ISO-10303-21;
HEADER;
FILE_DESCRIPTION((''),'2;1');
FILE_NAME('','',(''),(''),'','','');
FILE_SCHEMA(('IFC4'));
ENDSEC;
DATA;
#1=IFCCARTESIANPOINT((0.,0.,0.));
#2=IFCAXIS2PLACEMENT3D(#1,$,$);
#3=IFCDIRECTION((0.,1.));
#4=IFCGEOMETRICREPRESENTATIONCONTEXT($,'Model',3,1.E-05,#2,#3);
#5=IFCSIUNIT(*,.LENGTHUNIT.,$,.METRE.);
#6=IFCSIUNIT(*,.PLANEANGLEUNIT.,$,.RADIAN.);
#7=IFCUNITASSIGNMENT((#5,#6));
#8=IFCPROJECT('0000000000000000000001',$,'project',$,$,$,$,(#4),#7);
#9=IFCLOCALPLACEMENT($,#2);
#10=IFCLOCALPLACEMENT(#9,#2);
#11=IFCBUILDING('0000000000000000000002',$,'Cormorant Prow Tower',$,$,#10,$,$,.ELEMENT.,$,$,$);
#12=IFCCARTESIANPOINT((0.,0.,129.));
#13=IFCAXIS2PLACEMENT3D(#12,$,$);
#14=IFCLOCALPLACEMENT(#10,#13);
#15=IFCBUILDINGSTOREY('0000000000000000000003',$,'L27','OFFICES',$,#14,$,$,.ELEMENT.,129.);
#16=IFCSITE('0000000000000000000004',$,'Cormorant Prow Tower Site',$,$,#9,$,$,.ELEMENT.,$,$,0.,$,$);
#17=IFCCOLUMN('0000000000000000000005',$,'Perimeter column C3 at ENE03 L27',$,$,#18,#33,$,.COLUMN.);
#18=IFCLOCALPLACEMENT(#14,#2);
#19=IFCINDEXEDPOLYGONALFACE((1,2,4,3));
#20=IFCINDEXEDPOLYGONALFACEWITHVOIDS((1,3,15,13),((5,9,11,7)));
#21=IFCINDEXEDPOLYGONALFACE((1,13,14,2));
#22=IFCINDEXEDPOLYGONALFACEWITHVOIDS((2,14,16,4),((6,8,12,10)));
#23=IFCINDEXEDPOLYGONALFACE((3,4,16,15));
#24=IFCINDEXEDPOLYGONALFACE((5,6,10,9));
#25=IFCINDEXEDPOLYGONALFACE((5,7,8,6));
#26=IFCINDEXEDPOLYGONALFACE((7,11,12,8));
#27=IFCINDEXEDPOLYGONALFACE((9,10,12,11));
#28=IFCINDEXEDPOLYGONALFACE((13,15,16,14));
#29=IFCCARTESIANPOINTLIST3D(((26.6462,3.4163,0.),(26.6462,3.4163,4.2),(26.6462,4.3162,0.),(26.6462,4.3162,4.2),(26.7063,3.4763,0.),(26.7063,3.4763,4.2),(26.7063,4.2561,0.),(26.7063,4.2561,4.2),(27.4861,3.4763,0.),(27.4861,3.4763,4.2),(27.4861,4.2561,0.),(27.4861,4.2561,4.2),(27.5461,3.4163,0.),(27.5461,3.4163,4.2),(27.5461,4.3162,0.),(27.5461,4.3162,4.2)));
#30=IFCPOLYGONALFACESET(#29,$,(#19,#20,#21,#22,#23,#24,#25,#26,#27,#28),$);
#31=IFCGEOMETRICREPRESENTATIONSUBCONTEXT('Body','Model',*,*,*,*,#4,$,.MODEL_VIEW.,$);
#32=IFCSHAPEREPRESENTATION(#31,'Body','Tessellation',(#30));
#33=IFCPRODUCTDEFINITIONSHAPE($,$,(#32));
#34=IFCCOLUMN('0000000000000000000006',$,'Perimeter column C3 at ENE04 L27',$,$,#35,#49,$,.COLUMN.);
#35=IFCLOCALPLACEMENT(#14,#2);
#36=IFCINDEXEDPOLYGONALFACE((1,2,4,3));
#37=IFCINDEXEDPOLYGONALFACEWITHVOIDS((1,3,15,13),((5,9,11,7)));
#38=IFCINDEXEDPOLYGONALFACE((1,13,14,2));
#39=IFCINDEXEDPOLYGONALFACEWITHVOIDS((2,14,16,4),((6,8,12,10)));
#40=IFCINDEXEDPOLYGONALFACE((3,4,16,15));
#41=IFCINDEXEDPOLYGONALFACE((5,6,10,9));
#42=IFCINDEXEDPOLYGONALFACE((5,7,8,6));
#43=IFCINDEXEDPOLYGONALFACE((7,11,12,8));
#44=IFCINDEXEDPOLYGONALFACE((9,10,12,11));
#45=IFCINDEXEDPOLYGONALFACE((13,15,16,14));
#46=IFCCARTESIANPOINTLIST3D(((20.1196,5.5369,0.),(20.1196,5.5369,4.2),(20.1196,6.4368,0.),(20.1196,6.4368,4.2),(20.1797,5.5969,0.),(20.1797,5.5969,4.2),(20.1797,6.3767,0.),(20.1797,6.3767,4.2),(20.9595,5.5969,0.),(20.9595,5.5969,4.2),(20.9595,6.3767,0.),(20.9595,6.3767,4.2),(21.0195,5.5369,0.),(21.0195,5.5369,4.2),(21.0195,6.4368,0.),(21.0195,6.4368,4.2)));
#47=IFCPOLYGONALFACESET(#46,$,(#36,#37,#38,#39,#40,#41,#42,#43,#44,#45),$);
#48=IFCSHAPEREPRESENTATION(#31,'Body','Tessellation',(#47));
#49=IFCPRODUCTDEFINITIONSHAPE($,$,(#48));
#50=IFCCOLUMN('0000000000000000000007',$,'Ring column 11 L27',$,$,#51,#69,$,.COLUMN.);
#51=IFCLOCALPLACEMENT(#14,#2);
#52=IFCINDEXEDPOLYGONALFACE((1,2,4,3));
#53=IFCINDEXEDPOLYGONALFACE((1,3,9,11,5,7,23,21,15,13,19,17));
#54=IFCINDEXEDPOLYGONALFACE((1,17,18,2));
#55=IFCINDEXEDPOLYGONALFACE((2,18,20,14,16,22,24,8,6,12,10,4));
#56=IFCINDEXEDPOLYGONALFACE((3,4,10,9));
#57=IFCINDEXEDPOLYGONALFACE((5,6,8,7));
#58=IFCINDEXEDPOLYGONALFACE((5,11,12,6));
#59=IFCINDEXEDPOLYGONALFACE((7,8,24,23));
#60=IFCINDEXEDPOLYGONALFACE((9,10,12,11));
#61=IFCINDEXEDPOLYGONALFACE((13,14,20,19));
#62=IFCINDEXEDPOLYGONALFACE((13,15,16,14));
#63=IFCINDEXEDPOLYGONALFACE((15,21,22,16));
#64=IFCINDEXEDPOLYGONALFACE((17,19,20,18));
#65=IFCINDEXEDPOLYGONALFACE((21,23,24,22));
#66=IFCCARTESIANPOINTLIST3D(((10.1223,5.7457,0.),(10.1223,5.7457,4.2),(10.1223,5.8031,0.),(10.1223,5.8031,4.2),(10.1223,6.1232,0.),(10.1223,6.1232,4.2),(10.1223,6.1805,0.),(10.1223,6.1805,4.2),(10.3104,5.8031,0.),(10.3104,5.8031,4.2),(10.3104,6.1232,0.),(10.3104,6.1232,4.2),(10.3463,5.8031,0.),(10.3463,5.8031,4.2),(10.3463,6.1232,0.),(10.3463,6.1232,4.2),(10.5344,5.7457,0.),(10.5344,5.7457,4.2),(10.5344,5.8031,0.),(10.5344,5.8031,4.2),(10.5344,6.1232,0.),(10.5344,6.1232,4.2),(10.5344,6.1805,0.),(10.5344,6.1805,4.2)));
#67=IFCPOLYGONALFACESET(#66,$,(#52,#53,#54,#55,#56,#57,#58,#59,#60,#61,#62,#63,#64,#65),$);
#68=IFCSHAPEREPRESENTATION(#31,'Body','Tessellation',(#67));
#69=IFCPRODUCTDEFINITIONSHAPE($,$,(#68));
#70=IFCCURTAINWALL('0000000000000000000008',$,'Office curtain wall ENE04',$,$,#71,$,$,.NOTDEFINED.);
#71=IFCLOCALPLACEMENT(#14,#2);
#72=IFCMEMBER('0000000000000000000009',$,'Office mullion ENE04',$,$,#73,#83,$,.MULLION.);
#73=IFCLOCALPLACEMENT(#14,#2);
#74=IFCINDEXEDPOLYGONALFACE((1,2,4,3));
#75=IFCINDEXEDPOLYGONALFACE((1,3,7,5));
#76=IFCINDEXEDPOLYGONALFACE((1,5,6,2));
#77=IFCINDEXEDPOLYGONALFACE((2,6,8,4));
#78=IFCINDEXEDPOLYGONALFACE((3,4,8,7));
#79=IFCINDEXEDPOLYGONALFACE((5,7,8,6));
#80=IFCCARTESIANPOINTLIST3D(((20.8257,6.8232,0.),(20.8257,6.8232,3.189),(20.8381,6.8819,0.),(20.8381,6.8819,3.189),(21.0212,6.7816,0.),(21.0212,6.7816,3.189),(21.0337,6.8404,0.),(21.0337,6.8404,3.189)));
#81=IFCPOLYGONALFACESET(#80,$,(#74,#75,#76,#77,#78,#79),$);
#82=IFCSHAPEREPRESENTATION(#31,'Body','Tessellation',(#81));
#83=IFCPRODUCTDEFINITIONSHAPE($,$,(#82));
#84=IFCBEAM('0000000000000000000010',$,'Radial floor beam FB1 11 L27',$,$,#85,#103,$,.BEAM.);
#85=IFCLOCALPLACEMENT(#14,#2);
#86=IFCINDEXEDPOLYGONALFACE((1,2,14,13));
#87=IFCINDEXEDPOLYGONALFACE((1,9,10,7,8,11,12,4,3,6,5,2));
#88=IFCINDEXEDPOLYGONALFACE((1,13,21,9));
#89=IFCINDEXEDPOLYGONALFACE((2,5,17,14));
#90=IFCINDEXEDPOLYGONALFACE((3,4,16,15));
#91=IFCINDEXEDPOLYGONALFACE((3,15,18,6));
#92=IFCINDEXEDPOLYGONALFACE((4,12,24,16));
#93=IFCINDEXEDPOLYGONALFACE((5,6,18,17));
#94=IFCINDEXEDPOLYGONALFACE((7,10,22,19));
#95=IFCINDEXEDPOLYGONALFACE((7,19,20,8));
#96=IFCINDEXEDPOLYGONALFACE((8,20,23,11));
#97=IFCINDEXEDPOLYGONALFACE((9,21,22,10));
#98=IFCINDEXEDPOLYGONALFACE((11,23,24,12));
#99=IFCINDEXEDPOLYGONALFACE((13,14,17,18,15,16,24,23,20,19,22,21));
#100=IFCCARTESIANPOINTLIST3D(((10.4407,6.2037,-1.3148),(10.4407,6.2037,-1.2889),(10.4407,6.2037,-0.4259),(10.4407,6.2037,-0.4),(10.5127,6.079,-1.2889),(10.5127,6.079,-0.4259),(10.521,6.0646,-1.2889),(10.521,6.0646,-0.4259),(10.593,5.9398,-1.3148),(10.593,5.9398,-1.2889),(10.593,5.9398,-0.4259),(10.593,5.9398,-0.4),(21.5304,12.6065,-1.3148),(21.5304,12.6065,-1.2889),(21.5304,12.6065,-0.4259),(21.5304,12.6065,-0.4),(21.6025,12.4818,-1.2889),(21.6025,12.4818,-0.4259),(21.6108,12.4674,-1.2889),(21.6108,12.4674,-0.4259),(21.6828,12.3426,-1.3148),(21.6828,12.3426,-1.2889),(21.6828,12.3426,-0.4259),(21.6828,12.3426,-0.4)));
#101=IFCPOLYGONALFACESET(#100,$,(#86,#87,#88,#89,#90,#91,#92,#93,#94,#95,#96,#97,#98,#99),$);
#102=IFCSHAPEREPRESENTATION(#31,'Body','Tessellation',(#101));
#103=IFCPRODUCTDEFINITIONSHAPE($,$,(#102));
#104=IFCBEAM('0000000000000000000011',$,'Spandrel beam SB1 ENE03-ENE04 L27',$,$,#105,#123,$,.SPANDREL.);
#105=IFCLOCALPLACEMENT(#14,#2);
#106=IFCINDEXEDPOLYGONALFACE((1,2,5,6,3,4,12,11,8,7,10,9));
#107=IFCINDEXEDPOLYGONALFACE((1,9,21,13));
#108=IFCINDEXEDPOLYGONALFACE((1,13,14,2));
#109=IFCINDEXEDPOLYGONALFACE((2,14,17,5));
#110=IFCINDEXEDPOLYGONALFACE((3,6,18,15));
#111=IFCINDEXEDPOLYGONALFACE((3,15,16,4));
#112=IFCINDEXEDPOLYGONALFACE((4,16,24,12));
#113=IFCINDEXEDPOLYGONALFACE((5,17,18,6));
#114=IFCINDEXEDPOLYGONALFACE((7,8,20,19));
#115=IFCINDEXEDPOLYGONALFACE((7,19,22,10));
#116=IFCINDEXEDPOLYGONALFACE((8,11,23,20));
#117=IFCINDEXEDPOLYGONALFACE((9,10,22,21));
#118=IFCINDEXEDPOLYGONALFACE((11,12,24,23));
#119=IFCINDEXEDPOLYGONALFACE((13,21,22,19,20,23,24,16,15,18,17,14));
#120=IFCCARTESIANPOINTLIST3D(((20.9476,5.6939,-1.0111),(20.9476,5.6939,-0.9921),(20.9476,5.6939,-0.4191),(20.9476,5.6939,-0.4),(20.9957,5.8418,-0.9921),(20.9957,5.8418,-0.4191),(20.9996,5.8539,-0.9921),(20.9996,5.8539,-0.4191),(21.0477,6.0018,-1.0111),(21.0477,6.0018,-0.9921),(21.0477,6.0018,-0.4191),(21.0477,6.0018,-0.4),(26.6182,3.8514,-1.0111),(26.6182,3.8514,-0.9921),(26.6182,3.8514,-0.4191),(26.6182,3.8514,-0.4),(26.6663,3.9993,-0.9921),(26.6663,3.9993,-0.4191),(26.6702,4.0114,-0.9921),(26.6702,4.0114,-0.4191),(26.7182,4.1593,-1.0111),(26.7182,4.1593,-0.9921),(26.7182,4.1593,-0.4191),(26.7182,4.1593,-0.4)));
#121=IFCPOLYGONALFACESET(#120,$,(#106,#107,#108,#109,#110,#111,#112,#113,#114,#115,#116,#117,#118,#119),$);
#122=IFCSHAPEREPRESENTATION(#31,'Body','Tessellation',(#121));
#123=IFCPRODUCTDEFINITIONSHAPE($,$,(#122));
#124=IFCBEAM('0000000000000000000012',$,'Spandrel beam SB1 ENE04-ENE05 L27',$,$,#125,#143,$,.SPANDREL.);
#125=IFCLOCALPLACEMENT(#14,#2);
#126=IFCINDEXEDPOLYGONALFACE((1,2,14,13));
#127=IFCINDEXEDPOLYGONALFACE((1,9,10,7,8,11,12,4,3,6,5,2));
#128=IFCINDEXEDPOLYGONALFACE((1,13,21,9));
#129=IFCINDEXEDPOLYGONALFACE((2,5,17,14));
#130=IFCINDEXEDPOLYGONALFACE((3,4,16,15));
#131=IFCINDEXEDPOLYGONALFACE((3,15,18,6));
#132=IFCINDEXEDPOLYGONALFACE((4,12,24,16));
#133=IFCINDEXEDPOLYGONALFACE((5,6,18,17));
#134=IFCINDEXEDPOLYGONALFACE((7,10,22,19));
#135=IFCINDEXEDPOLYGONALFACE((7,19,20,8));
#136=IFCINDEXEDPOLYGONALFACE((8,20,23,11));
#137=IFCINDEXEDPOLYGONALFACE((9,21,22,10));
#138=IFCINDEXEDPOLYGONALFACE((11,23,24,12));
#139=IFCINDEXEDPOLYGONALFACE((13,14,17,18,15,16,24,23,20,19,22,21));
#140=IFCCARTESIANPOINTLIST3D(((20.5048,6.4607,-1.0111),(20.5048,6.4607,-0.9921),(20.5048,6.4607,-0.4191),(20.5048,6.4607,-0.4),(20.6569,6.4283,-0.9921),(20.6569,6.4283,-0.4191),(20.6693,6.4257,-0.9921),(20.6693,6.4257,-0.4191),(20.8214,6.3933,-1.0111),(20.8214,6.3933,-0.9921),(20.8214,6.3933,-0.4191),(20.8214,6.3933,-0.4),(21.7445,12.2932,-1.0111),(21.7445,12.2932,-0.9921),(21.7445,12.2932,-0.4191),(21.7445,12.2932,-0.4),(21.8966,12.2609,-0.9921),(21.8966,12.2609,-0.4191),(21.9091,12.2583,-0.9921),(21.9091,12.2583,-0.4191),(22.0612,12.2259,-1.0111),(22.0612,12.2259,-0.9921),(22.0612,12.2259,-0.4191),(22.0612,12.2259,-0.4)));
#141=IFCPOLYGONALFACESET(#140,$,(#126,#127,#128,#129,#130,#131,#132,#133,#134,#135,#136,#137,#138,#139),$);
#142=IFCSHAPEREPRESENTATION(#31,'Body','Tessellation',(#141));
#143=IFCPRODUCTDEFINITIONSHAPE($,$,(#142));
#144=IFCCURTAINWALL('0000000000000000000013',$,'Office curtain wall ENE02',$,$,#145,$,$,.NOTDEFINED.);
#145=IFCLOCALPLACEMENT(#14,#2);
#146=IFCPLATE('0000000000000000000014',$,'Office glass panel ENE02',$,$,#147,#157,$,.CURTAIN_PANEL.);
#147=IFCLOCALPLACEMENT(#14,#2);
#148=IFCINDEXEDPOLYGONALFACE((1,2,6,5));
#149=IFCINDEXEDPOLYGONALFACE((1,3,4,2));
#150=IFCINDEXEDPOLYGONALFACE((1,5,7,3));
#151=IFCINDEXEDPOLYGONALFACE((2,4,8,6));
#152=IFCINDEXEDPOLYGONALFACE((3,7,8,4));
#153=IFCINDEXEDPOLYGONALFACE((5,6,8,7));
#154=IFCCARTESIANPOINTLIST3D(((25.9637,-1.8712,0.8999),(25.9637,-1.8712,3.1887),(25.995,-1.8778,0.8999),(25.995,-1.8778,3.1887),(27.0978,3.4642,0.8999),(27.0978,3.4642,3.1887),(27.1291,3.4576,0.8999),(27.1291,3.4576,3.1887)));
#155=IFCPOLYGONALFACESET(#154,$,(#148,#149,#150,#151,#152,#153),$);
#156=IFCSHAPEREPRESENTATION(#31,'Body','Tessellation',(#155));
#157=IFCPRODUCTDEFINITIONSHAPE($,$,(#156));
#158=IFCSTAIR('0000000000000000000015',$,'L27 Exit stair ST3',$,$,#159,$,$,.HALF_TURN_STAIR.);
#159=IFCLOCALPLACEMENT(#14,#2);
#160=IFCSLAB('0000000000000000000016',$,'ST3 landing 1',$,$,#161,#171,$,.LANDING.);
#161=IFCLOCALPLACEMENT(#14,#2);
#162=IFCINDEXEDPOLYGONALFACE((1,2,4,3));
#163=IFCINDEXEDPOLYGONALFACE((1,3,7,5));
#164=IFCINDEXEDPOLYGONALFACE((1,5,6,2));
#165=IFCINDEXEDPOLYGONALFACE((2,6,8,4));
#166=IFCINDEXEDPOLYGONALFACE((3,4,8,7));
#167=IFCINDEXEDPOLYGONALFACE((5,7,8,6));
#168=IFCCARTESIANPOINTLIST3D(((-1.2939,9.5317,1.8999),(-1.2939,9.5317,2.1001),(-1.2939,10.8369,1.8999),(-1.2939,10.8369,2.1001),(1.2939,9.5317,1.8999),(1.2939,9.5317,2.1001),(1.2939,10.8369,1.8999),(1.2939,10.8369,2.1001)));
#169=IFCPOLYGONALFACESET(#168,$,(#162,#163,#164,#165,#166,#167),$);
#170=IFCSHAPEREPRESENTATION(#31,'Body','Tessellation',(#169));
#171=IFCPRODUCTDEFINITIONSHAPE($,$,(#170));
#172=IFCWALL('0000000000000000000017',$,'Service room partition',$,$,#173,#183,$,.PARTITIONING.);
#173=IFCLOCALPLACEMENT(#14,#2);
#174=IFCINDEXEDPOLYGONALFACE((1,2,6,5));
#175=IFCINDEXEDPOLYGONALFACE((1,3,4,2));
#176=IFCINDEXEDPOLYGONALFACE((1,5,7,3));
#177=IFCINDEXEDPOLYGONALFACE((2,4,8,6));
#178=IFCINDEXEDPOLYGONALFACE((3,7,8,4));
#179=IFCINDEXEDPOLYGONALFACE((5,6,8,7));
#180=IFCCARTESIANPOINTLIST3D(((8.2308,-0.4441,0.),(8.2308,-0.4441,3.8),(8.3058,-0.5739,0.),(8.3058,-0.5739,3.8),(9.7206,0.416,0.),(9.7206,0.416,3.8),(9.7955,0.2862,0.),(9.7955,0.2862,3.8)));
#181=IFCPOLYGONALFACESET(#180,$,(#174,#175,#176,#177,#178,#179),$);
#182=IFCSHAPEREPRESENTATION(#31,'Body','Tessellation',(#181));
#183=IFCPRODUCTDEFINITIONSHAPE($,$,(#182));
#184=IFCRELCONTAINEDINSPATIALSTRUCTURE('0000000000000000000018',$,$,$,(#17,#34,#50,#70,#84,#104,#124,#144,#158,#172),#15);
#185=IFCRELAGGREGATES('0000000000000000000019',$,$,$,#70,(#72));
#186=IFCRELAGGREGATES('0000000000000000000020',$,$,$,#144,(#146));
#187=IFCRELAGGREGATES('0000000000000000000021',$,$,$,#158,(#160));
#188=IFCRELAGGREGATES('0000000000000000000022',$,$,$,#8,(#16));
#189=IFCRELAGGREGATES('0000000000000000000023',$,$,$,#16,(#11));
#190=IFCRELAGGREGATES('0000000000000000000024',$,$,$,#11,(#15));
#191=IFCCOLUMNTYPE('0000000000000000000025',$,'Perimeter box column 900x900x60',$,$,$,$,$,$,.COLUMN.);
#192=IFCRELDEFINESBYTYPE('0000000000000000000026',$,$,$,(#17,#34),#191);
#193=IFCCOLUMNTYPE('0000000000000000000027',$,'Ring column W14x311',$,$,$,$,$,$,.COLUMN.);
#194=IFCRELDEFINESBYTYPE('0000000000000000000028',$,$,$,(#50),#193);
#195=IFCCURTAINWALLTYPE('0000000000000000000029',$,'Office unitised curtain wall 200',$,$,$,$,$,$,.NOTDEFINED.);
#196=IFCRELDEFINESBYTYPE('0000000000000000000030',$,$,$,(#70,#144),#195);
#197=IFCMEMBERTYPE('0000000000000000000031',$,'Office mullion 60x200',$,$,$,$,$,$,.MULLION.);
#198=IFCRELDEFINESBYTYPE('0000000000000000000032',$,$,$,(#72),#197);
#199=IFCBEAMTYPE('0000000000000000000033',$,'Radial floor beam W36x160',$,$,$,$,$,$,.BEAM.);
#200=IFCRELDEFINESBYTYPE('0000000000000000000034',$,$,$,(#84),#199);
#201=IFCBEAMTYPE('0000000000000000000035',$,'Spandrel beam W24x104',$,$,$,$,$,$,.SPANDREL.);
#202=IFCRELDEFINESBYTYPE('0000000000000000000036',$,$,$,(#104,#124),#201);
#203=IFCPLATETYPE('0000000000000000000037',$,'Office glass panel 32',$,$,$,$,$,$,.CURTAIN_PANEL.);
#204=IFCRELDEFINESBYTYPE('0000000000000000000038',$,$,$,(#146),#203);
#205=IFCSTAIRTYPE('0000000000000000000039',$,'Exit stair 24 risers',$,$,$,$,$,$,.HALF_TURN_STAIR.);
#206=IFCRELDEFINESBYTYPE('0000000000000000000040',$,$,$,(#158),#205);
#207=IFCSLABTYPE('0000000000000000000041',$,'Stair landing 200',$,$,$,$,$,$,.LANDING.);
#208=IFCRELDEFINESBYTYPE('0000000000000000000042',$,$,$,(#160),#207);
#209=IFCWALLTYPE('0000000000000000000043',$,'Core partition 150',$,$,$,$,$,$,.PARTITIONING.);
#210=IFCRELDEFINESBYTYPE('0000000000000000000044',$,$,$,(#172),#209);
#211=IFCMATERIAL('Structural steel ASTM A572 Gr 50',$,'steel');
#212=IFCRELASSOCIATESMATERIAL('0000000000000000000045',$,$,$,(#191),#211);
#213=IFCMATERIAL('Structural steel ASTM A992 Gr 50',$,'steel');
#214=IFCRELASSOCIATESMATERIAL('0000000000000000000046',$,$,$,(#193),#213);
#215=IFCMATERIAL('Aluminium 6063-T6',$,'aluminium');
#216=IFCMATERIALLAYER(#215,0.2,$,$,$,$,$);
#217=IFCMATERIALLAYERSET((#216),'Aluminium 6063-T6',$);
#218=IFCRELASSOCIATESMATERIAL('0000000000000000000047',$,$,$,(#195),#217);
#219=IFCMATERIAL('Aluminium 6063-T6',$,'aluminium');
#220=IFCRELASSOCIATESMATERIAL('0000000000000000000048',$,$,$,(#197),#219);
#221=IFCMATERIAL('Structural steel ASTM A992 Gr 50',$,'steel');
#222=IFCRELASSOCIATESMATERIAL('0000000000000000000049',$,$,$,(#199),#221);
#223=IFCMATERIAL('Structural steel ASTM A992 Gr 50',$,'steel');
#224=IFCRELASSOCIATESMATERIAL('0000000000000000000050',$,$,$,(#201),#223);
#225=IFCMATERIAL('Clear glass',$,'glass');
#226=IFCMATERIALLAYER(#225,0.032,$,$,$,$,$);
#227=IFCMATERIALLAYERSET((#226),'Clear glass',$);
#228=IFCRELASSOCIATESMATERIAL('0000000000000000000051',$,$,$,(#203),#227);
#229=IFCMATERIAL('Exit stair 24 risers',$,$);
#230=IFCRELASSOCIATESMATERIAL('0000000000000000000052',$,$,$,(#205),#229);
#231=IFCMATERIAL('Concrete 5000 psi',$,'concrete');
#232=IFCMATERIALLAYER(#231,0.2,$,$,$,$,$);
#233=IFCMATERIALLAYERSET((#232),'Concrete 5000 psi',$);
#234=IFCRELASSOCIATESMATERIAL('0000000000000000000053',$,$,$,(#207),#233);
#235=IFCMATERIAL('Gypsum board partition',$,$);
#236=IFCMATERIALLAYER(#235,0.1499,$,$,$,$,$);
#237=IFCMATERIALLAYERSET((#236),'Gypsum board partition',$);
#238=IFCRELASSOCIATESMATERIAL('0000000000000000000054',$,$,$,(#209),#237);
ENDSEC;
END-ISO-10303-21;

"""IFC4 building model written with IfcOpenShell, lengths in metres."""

from ifc_helpers import new_model, si_unit, direction, frame, frame_2d, origin, origin_2d, place, context, subcontext, project, spatial, polyline, rectangle, hollow_rectangle, i_section, outline, extrude, material, layer, layer_set, material_profile, profile_set, type_object, element, aggregate, save


model = new_model("IFC4")

# Units and contexts
model_context = context("Model", 3, precision=1e-05, world=origin(), true_north=direction((0.0, 1.0)))
body_context = subcontext(model_context, "Body", "Model", "MODEL_VIEW")
ifc_project = project(units=[si_unit("LENGTHUNIT", "METRE"), si_unit("PLANEANGLEUNIT", "RADIAN")], contexts=[model_context])

# Site, building, storey
site_placement = place(None, origin())
site = spatial("IfcSite", under=ifc_project, at=site_placement, Name="Cormorant Prow Tower Site", CompositionType="ELEMENT", RefElevation=0.0)
building_placement = place(site_placement, origin())
building = spatial("IfcBuilding", under=site, at=building_placement, Name="Cormorant Prow Tower", CompositionType="ELEMENT")
storey_placement = place(building_placement, frame((0.0, 0.0, 129.0)))
storey = spatial("IfcBuildingStorey", under=building, at=storey_placement, Name="L27", Description="OFFICES", CompositionType="ELEMENT", Elevation=129.0)

# Columns
ifc_material_1 = material(Name="Structural steel ASTM A572 Gr 50", Category="steel")
ifc_material_profile_1 = material_profile(ifc_material_1, hollow_rectangle(XDim=0.8999, YDim=0.8999, WallThickness=0.0601, at=origin_2d()), Name="Box 900x900x60")
ifc_profile_set_1 = profile_set([ifc_material_profile_1], Name="Structural steel ASTM A572 Gr 50")
column_type_1 = type_object("IfcColumnType", Name="Perimeter box column 900x900x60", PredefinedType="COLUMN", material=ifc_profile_set_1)
for number, where, z_axis, x_axis, name in (
    (1, (27.0962, 3.8662, 0.0), (0.0, 0.0, 1.0), (1.0, 0.0, 0.0), "Perimeter column C3 at ENE03 L27"),
    (2, (20.5696, 5.9868, 0.0), (0.0, 0.0, 1.0), (1.0, 0.0, 0.0), "Perimeter column C3 at ENE04 L27"),
):
    element("IfcColumn", number, at=place(storey_placement, frame(where, z_axis=z_axis, x_axis=x_axis)), inside=storey, type_object=column_type_1, Name=name, PredefinedType="COLUMN", context=body_context, shape_type="SweptSolid", body=[
        extrude(hollow_rectangle(XDim=0.8999, YDim=0.8999, WallThickness=0.0601, at=origin_2d()), origin(), (0.0, 0.0, 1.0), 4.2),
    ])
ifc_material_2 = material(Name="Structural steel ASTM A992 Gr 50", Category="steel")
ifc_material_profile_2 = material_profile(ifc_material_2, i_section(OverallWidth=0.4121, OverallDepth=0.4348, WebThickness=0.0359, FlangeThickness=0.0574, at=origin_2d()), Name="W14x311")
ifc_profile_set_2 = profile_set([ifc_material_profile_2], Name="Structural steel ASTM A992 Gr 50")
column_type_2 = type_object("IfcColumnType", Name="Ring column W14x311", PredefinedType="COLUMN", material=ifc_profile_set_2)
column_placement = place(storey_placement, frame((10.3284, 5.9631, 0.0), z_axis=(0.0, 0.0, 1.0), x_axis=(1.0, 0.0, 0.0)))
element("IfcColumn", 3, at=column_placement, inside=storey, type_object=column_type_2, Name="Ring column 11 L27", PredefinedType="COLUMN", context=body_context, shape_type="SweptSolid", body=[
    extrude(i_section(OverallWidth=0.4121, OverallDepth=0.4348, WebThickness=0.0359, FlangeThickness=0.0574, at=origin_2d()), origin(), (0.0, 0.0, 1.0), 4.2),
])

# Curtain wall, member
ifc_material_3 = material(Name="Aluminium 6063-T6", Category="aluminium")
ifc_layer_1 = layer(ifc_material_3, 0.2)
ifc_layer_set_1 = layer_set([ifc_layer_1], Name="Aluminium 6063-T6")
curtain_wall_type = type_object("IfcCurtainWallType", Name="Office unitised curtain wall 200", PredefinedType="NOTDEFINED", material=ifc_layer_set_1)
curtain_wall_1_placement = place(storey_placement, origin())
curtain_wall_1 = element("IfcCurtainWall", 4, at=curtain_wall_1_placement, inside=storey, type_object=curtain_wall_type, Name="Office curtain wall ENE04", PredefinedType="NOTDEFINED")
ifc_material_4 = material(Name="Aluminium 6063-T6", Category="aluminium")
ifc_material_profile_3 = material_profile(ifc_material_4, rectangle(XDim=0.2, YDim=0.0601, at=origin_2d()), Name="Office mullion 60x200")
ifc_profile_set_3 = profile_set([ifc_material_profile_3], Name="Aluminium 6063-T6")
member_type = type_object("IfcMemberType", Name="Office mullion 60x200", PredefinedType="MULLION", material=ifc_profile_set_3)
member_placement = place(storey_placement, frame((20.9297, 6.8318, 0.0), z_axis=(0.0, 0.0, 1.0), x_axis=(-0.978148, 0.207912, 0.0)))
member = element("IfcMember", 5, at=member_placement, type_object=member_type, Name="Office mullion ENE04", PredefinedType="MULLION", context=body_context, shape_type="SweptSolid", body=[
    extrude(rectangle(XDim=0.2, YDim=0.0601, at=origin_2d()), origin(), (0.0, 0.0, 1.0), 3.189),
])
aggregate(curtain_wall_1, [member])

# Beams
ifc_material_5 = material(Name="Structural steel ASTM A992 Gr 50", Category="steel")
ifc_material_profile_4 = material_profile(ifc_material_5, i_section(OverallWidth=0.3047, OverallDepth=0.9148, WebThickness=0.0166, FlangeThickness=0.0259, at=origin_2d()), Name="W36x160")
ifc_profile_set_4 = profile_set([ifc_material_profile_4], Name="Structural steel ASTM A992 Gr 50")
beam_type_1 = type_object("IfcBeamType", Name="Radial floor beam W36x160", PredefinedType="BEAM", material=ifc_profile_set_4)
beam_1_placement = place(storey_placement, frame((10.5168, 6.0718, -0.8574), z_axis=(0.866022, 0.500006, 0.0), x_axis=(-0.500006, 0.866022, 0.0)))
element("IfcBeam", 6, at=beam_1_placement, inside=storey, type_object=beam_type_1, Name="Radial floor beam FB1 11 L27", PredefinedType="BEAM", context=body_context, shape_type="SweptSolid", body=[
    extrude(i_section(OverallWidth=0.3047, OverallDepth=0.9148, WebThickness=0.0166, FlangeThickness=0.0259, at=origin_2d()), origin(), (0.0, 0.0, 1.0), 12.8054),
])
ifc_material_6 = material(Name="Structural steel ASTM A992 Gr 50", Category="steel")
ifc_material_profile_5 = material_profile(ifc_material_6, i_section(OverallWidth=0.3237, OverallDepth=0.6111, WebThickness=0.0127, FlangeThickness=0.019, at=origin_2d()), Name="W24x104")
ifc_profile_set_5 = profile_set([ifc_material_profile_5], Name="Structural steel ASTM A992 Gr 50")
beam_type_2 = type_object("IfcBeamType", Name="Spandrel beam W24x104", PredefinedType="SPANDREL", material=ifc_profile_set_5)
beam_2_placement = place(storey_placement, frame((26.6682, 4.0054, -0.7056), z_axis=(-0.951055, 0.30902, 0.0), x_axis=(-0.30902, -0.951055, 0.0)))
element("IfcBeam", 7, at=beam_2_placement, inside=storey, type_object=beam_type_2, Name="Spandrel beam SB1 ENE03-ENE04 L27", PredefinedType="SPANDREL", context=body_context, shape_type="SweptSolid", body=[
    extrude(i_section(OverallWidth=0.3237, OverallDepth=0.6111, WebThickness=0.0127, FlangeThickness=0.019, at=origin_2d()), origin(), (0.0, 0.0, 1.0), 5.9624),
])
beam_3_placement = place(storey_placement, frame((20.6631, 6.427, -0.7056), z_axis=(0.207913, 0.978147, 0.0), x_axis=(-0.978147, 0.207913, 0.0)))
element("IfcBeam", 8, at=beam_3_placement, inside=storey, type_object=beam_type_2, Name="Spandrel beam SB1 ENE04-ENE05 L27", PredefinedType="SPANDREL", context=body_context, shape_type="SweptSolid", body=[
    extrude(i_section(OverallWidth=0.3237, OverallDepth=0.6111, WebThickness=0.0127, FlangeThickness=0.019, at=origin_2d()), origin(), (0.0, 0.0, 1.0), 5.9629),
])

# Curtain wall, plate
curtain_wall_2_placement = place(storey_placement, origin())
curtain_wall_2 = element("IfcCurtainWall", 9, at=curtain_wall_2_placement, inside=storey, type_object=curtain_wall_type, Name="Office curtain wall ENE02", PredefinedType="NOTDEFINED")
ifc_material_7 = material(Name="Clear glass", Category="glass")
ifc_layer_2 = layer(ifc_material_7, 0.032)
ifc_layer_set_2 = layer_set([ifc_layer_2], Name="Clear glass")
plate_type = type_object("IfcPlateType", Name="Office glass panel 32", PredefinedType="CURTAIN_PANEL", material=ifc_layer_set_2)
plate_placement = place(storey_placement, frame((26.5464, 0.7932, 0.8999), z_axis=(0.0, 0.0, 1.0), x_axis=(0.207912, 0.978148, 0.0)))
plate = element("IfcPlate", 10, at=plate_placement, type_object=plate_type, Name="Office glass panel ENE02", PredefinedType="CURTAIN_PANEL", context=body_context, shape_type="SweptSolid", body=[
    extrude(rectangle(XDim=5.4546, YDim=0.032, at=origin_2d()), origin(), (0.0, 0.0, 1.0), 2.2888),
])
aggregate(curtain_wall_2, [plate])

# Stair, slab
ifc_material_8 = material(Name="Exit stair 24 risers")
stair_type = type_object("IfcStairType", Name="Exit stair 24 risers", PredefinedType="HALF_TURN_STAIR", material=ifc_material_8)
stair_placement = place(storey_placement, origin())
stair = element("IfcStair", 11, at=stair_placement, inside=storey, type_object=stair_type, Name="L27 Exit stair ST3", PredefinedType="HALF_TURN_STAIR")
ifc_material_9 = material(Name="Concrete 5000 psi", Category="concrete")
ifc_layer_3 = layer(ifc_material_9, 0.2)
ifc_layer_set_3 = layer_set([ifc_layer_3], Name="Concrete 5000 psi")
slab_type = type_object("IfcSlabType", Name="Stair landing 200", PredefinedType="LANDING", material=ifc_layer_set_3)
slab_placement = place(storey_placement, frame((0.0, 0.0, 1.8999)))
slab = element("IfcSlab", 12, at=slab_placement, type_object=slab_type, Name="ST3 landing 1", PredefinedType="LANDING", context=body_context, shape_type="SweptSolid", body=[
    extrude(outline(polyline([(1.2939, 9.5317), (1.2939, 10.8369), (-1.2939, 10.8369), (-1.2939, 9.5317), (1.2939, 9.5317)])), origin(), (0.0, 0.0, 1.0), 0.2002),
])

# Wall
ifc_material_10 = material(Name="Gypsum board partition")
ifc_layer_4 = layer(ifc_material_10, 0.1499)
ifc_layer_set_4 = layer_set([ifc_layer_4], Name="Gypsum board partition")
wall_type_1 = type_object("IfcWallType", Name="Core partition 150", PredefinedType="PARTITIONING", material=ifc_layer_set_4)
wall_1_placement = place(storey_placement, frame((8.2683, -0.509, 0.0), z_axis=(0.0, 0.0, 1.0), x_axis=(0.866025, 0.500001, 0.0)))
element("IfcWall", 13, at=wall_1_placement, inside=storey, type_object=wall_type_1, Name="Service room partition", PredefinedType="PARTITIONING", context=body_context, shape_type="SweptSolid", body=[
    extrude(rectangle(XDim=1.7202, YDim=0.1499, at=frame_2d((0.8601, 0.0))), origin(), (0.0, 0.0, 1.0), 3.8),
])

aggregate(stair, [slab])

save(model, "model.ifc")
